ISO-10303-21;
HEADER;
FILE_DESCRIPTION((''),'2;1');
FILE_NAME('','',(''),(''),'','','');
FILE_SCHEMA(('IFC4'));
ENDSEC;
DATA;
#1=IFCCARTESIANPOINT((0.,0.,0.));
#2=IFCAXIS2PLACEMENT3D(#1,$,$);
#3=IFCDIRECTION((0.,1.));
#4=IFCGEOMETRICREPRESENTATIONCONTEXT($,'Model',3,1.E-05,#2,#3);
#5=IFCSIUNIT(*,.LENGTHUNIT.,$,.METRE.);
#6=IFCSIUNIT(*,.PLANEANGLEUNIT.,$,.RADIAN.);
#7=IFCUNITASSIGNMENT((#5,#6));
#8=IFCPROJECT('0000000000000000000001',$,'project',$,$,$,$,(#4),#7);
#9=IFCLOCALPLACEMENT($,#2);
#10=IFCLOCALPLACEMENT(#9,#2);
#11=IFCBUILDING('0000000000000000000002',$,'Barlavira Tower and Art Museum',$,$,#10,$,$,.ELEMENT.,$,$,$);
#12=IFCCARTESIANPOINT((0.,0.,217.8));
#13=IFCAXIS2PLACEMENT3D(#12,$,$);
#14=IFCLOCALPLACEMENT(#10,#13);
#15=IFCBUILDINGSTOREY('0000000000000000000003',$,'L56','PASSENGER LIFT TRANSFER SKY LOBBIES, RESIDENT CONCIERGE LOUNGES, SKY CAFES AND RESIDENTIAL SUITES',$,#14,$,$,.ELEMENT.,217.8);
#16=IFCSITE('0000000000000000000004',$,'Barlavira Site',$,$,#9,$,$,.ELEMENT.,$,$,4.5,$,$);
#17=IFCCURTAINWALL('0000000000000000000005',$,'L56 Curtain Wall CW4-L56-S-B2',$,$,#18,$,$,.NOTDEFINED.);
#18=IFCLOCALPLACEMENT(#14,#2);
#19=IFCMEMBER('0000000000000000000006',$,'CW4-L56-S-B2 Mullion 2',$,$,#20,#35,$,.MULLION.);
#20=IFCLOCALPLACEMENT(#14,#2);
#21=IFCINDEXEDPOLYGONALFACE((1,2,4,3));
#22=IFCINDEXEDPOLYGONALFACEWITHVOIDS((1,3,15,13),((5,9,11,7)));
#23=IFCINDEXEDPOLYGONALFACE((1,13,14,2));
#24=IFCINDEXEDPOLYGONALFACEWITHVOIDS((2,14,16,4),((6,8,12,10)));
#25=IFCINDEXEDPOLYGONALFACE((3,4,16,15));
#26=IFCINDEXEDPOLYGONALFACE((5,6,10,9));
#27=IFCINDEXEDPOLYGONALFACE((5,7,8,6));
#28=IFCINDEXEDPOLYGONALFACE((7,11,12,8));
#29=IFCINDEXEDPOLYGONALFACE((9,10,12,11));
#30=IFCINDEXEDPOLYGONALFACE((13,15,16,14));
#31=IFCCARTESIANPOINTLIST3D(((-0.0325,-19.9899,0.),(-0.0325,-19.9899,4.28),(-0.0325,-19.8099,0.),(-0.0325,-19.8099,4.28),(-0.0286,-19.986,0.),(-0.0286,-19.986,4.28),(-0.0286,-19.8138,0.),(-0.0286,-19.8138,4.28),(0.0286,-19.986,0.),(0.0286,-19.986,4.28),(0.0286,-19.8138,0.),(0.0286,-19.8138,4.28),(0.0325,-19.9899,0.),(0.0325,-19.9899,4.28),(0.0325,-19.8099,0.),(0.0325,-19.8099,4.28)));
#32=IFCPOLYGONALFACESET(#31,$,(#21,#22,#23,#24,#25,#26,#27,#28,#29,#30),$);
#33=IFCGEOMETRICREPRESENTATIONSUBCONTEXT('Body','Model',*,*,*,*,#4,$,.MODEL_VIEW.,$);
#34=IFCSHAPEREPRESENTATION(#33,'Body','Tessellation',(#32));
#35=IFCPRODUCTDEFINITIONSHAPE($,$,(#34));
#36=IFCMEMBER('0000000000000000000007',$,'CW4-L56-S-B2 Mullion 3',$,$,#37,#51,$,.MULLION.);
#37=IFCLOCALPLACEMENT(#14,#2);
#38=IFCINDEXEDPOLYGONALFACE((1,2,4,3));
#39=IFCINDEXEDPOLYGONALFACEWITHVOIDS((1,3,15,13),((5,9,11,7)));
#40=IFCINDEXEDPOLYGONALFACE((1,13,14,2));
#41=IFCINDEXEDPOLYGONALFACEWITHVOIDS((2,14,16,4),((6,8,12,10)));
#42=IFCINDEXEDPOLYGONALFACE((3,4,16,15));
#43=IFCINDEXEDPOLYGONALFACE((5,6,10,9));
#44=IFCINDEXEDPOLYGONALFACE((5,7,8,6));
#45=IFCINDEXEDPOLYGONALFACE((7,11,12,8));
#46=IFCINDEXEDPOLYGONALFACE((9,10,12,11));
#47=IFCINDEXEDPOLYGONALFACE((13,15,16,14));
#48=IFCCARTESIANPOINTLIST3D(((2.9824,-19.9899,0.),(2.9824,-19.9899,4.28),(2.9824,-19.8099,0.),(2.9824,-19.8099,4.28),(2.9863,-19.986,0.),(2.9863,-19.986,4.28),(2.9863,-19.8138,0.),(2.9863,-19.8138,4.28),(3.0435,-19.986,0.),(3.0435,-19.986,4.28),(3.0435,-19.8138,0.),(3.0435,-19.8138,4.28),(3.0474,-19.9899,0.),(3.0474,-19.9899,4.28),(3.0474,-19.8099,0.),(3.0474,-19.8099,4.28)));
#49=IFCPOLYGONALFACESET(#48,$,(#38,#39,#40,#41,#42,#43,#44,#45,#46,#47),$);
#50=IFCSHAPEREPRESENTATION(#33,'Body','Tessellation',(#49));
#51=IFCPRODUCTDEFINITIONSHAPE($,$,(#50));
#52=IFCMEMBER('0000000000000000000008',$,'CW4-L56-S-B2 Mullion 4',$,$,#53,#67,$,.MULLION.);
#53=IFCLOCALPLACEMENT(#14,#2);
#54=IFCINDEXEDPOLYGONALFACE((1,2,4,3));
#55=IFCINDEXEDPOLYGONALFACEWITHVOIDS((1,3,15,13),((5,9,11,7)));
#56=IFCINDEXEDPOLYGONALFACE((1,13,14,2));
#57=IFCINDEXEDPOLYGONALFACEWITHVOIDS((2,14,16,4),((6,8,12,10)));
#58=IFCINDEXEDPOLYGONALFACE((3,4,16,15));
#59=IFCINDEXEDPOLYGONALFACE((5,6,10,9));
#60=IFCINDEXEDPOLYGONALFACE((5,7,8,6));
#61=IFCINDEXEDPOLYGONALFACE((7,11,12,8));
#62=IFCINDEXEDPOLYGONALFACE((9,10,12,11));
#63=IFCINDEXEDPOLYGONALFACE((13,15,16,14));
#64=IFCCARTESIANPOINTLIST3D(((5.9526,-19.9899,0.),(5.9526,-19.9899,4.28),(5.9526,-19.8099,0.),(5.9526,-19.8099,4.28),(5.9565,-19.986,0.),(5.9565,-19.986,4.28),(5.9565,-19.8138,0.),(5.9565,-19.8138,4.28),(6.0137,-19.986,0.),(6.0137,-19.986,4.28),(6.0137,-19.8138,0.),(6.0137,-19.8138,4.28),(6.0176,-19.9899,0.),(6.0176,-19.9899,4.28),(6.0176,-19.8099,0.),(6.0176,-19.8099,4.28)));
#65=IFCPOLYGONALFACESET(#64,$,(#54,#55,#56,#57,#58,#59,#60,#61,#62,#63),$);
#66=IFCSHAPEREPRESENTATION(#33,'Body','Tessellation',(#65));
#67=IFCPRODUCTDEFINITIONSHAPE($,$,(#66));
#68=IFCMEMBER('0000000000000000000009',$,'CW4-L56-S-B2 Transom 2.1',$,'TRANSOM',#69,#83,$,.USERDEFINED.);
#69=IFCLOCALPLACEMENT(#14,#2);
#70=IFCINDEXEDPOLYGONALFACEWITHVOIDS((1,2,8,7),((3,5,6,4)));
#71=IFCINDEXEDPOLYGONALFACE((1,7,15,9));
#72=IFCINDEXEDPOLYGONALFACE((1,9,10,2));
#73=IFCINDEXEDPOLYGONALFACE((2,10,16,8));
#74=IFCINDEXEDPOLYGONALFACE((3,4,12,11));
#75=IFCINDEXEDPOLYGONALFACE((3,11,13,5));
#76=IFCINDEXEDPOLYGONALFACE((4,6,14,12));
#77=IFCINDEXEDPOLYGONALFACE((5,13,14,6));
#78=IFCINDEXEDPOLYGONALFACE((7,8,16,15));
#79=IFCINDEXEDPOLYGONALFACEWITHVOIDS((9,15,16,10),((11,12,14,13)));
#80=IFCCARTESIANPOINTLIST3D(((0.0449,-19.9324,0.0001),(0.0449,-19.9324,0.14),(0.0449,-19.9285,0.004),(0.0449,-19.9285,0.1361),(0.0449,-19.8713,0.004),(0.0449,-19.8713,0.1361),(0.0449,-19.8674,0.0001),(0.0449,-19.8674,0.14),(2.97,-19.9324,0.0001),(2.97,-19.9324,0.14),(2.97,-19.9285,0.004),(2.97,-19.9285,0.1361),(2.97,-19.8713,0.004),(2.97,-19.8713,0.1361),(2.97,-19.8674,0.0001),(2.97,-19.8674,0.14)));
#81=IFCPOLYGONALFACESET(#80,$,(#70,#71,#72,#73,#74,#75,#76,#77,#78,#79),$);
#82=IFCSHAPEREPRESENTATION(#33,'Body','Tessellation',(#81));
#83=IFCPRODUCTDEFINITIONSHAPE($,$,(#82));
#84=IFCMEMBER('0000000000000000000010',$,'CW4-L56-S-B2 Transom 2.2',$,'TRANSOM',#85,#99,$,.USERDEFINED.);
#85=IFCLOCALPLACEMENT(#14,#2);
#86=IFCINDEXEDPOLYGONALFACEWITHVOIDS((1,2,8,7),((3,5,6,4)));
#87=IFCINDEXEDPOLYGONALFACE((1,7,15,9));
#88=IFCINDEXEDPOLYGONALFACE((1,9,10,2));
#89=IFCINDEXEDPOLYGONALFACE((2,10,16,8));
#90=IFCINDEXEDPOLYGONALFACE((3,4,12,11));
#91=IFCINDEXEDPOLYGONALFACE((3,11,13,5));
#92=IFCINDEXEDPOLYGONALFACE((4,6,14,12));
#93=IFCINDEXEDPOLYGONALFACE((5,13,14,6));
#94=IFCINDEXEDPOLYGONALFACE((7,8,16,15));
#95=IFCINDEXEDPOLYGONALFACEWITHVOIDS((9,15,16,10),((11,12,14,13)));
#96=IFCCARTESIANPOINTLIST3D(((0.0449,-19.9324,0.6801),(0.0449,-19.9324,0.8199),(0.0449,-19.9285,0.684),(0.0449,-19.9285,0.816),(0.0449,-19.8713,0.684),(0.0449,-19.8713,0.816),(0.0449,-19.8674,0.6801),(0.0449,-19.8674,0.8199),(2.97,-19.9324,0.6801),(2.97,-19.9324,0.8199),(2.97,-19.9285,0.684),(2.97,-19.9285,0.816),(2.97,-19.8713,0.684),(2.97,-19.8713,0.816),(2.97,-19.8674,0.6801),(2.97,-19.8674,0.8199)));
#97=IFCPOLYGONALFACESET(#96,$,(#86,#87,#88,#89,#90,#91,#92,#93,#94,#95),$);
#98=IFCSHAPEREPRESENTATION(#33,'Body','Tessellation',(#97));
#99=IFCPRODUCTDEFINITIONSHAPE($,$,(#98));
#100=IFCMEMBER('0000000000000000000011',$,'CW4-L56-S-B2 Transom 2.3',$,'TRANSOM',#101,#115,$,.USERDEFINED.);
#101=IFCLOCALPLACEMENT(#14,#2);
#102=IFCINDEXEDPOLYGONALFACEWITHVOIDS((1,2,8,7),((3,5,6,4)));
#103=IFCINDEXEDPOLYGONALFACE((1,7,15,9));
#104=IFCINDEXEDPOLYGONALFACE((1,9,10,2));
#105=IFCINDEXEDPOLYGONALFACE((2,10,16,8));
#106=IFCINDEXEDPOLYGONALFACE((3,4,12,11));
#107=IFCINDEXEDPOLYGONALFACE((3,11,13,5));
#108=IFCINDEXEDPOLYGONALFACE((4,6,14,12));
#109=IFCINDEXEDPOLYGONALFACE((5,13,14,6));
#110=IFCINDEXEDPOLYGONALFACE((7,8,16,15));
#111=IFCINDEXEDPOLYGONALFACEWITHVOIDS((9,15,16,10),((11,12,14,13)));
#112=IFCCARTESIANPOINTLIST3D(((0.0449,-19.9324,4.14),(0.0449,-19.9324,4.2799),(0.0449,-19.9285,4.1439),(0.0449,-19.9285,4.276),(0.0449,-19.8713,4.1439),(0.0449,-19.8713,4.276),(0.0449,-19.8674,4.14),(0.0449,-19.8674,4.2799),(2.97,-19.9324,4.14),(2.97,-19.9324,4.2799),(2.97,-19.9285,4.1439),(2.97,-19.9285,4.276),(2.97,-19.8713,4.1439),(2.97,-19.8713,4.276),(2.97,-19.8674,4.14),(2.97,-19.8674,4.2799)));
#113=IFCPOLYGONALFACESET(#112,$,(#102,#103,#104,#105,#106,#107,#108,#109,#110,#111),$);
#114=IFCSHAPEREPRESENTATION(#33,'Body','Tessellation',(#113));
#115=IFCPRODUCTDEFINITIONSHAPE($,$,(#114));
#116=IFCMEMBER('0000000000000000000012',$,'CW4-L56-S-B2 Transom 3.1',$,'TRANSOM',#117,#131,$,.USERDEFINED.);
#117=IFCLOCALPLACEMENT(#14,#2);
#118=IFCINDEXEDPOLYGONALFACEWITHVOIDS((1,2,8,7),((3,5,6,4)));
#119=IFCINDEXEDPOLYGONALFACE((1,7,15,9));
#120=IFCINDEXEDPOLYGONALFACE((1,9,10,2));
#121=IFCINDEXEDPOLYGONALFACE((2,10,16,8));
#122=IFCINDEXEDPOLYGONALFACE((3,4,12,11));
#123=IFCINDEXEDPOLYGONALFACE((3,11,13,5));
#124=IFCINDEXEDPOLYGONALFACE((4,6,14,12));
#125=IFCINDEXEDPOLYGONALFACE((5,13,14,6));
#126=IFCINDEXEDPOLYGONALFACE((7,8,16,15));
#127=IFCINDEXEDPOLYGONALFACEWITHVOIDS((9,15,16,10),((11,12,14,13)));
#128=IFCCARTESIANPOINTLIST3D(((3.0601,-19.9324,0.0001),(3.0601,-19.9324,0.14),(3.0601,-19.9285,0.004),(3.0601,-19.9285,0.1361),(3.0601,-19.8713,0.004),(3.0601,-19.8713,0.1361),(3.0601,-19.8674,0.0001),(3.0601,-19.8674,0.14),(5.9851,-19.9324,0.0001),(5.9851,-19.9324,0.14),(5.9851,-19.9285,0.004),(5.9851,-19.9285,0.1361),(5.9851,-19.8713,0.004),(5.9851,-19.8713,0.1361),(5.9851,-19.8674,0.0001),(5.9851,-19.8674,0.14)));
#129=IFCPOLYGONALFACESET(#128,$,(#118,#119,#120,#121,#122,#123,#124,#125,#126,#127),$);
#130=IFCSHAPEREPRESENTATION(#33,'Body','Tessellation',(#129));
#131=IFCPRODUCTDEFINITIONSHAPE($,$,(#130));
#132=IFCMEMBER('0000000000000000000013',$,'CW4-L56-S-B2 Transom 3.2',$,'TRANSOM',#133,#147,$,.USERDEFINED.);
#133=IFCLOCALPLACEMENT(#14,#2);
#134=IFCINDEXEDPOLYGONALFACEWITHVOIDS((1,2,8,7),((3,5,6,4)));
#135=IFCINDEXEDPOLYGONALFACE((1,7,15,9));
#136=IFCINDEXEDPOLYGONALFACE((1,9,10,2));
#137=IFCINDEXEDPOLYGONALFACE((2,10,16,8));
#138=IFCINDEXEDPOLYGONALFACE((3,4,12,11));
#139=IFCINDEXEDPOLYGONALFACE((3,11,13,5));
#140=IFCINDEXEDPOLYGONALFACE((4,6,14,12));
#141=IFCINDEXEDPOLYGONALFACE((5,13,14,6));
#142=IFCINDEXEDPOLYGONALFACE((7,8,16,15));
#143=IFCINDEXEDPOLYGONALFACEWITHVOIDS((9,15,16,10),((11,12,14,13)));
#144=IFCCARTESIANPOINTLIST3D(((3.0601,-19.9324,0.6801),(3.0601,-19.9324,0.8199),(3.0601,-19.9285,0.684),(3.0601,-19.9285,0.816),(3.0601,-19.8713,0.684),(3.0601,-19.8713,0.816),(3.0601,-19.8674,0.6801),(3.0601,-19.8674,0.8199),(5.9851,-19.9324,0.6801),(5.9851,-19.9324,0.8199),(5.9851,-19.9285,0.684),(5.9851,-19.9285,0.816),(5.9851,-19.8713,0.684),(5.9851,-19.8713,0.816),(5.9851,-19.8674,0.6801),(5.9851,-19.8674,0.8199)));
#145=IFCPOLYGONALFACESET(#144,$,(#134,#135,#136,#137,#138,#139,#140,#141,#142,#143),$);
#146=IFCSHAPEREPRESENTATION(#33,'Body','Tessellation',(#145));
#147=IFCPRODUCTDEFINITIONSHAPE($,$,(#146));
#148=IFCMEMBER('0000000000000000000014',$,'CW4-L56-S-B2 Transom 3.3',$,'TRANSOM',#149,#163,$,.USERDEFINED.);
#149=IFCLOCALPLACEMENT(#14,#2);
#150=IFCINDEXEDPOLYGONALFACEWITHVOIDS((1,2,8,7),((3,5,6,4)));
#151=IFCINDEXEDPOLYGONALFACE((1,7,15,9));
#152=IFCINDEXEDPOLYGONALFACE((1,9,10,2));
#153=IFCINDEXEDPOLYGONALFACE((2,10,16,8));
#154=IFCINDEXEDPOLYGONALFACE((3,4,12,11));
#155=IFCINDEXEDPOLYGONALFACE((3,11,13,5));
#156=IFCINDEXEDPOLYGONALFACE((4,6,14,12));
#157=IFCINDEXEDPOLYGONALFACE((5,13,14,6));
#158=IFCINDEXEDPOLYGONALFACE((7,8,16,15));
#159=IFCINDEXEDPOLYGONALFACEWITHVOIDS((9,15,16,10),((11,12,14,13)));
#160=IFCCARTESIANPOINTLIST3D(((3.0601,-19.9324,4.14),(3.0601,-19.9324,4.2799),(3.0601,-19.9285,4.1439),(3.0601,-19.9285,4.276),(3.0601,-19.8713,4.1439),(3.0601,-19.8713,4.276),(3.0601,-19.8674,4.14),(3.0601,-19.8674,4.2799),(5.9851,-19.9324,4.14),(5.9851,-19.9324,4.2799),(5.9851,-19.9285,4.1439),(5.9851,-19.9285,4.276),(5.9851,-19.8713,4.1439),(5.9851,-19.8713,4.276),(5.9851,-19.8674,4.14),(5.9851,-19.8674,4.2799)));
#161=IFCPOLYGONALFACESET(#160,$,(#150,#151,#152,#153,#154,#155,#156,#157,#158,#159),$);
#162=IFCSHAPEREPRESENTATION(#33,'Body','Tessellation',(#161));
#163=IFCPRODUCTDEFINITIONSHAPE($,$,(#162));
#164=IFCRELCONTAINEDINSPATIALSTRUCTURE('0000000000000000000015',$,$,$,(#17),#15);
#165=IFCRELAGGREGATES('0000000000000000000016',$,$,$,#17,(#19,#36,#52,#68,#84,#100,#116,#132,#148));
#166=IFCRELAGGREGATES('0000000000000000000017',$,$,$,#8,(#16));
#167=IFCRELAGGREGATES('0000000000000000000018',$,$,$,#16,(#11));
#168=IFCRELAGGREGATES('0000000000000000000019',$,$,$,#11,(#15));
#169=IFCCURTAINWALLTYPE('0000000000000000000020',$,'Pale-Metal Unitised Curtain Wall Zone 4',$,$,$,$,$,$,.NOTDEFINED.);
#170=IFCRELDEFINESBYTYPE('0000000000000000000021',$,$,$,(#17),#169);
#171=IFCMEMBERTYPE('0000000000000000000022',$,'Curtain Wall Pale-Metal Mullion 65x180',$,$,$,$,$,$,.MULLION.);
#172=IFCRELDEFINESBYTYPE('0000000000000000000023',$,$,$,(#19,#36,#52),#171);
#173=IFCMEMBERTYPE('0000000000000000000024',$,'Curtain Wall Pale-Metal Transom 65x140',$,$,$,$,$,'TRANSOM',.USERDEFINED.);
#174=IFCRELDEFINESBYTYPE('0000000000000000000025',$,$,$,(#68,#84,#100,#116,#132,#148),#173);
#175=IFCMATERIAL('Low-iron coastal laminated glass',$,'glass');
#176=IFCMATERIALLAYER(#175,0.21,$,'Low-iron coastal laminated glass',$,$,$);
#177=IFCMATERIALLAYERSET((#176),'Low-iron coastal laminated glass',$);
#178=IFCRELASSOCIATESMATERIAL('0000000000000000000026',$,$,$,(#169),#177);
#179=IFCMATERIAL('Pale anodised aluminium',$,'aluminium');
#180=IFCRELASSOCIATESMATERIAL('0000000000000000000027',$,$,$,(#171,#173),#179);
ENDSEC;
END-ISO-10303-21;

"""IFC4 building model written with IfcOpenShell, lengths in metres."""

from ifc_helpers import new_model, si_unit, direction, frame, origin, origin_2d, place, context, subcontext, project, spatial, hollow_rectangle, extrude, material, layer, layer_set, material_profile, profile_set, type_object, element, aggregate, save


model = new_model("IFC4")

# Units and contexts
model_context = context("Model", 3, precision=1e-05, world=origin(), true_north=direction((0.0, 1.0)))
body_context = subcontext(model_context, "Body", "Model", "MODEL_VIEW")
ifc_project = project(units=[si_unit("LENGTHUNIT", "METRE"), si_unit("PLANEANGLEUNIT", "RADIAN")], contexts=[model_context])

# Site, building, storey
site_placement = place(None, origin())
site = spatial("IfcSite", under=ifc_project, at=site_placement, Name="Barlavira Site", CompositionType="ELEMENT", RefElevation=4.5)
building_placement = place(site_placement, origin())
building = spatial("IfcBuilding", under=site, at=building_placement, Name="Barlavira Tower and Art Museum", CompositionType="ELEMENT")
storey_placement = place(building_placement, frame((0.0, 0.0, 217.8)))
storey = spatial("IfcBuildingStorey", under=building, at=storey_placement, Name="L56", Description="PASSENGER LIFT TRANSFER SKY LOBBIES, RESIDENT CONCIERGE LOUNGES, SKY CAFES AND RESIDENTIAL SUITES", CompositionType="ELEMENT", Elevation=217.8)

# Curtain wall, members
ifc_material_1 = material(Name="Low-iron coastal laminated glass", Category="glass")
ifc_layer_1 = layer(ifc_material_1, 0.21, Name="Low-iron coastal laminated glass")
ifc_layer_set_1 = layer_set([ifc_layer_1], Name="Low-iron coastal laminated glass")
curtain_wall_type = type_object("IfcCurtainWallType", Name="Pale-Metal Unitised Curtain Wall Zone 4", PredefinedType="NOTDEFINED", material=ifc_layer_set_1)
curtain_wall_placement = place(storey_placement, origin())
curtain_wall = element("IfcCurtainWall", 1, at=curtain_wall_placement, inside=storey, type_object=curtain_wall_type, Name="L56 Curtain Wall CW4-L56-S-B2", PredefinedType="NOTDEFINED")
ifc_material_2 = material(Name="Pale anodised aluminium", Category="aluminium")
ifc_material_profile_1 = material_profile(ifc_material_2, hollow_rectangle(XDim=0.0649, YDim=0.1799, WallThickness=0.0039, at=origin_2d()), Name="ALU-MULL 65x180x4")
ifc_profile_set_1 = profile_set([ifc_material_profile_1], Name="Pale anodised aluminium")
member_type_1 = type_object("IfcMemberType", Name="Curtain Wall Pale-Metal Mullion 65x180", PredefinedType="MULLION", material=ifc_profile_set_1)
member_1_placement = place(storey_placement, frame((0.0, -19.8999, 0.0), z_axis=(0.0, 0.0, 1.0), x_axis=(1.0, 0.0, 0.0)))
member_1 = element("IfcMember", 2, at=member_1_placement, type_object=member_type_1, Name="CW4-L56-S-B2 Mullion 2", PredefinedType="MULLION", context=body_context, shape_type="SweptSolid", body=[
    extrude(hollow_rectangle(XDim=0.0649, YDim=0.1799, WallThickness=0.0039, at=origin_2d()), origin(), (0.0, 0.0, 1.0), 4.28),
])
member_2_placement = place(storey_placement, frame((3.0149, -19.8999, 0.0), z_axis=(0.0, 0.0, 1.0), x_axis=(1.0, 0.0, 0.0)))
member_2 = element("IfcMember", 3, at=member_2_placement, type_object=member_type_1, Name="CW4-L56-S-B2 Mullion 3", PredefinedType="MULLION", context=body_context, shape_type="SweptSolid", body=[
    extrude(hollow_rectangle(XDim=0.0649, YDim=0.1799, WallThickness=0.0039, at=origin_2d()), origin(), (0.0, 0.0, 1.0), 4.28),
])
member_3_placement = place(storey_placement, frame((5.9851, -19.8999, 0.0), z_axis=(0.0, 0.0, 1.0), x_axis=(1.0, 0.0, 0.0)))
member_3 = element("IfcMember", 4, at=member_3_placement, type_object=member_type_1, Name="CW4-L56-S-B2 Mullion 4", PredefinedType="MULLION", context=body_context, shape_type="SweptSolid", body=[
    extrude(hollow_rectangle(XDim=0.0649, YDim=0.1799, WallThickness=0.0039, at=origin_2d()), origin(), (0.0, 0.0, 1.0), 4.28),
])
ifc_material_profile_2 = material_profile(ifc_material_2, hollow_rectangle(XDim=0.0649, YDim=0.1399, WallThickness=0.0039, at=origin_2d()), Name="ALU-TRAN 65x140x4")
ifc_profile_set_2 = profile_set([ifc_material_profile_2], Name="Pale anodised aluminium")
member_type_2 = type_object("IfcMemberType", Name="Curtain Wall Pale-Metal Transom 65x140", ElementType="TRANSOM", PredefinedType="USERDEFINED", material=ifc_profile_set_2)
member_4_placement = place(storey_placement, frame((0.0449, -19.8999, 0.0701), z_axis=(1.0, 0.0, 0.0), x_axis=(0.0, 1.0, 0.0)))
member_4 = element("IfcMember", 5, at=member_4_placement, type_object=member_type_2, Name="CW4-L56-S-B2 Transom 2.1", ObjectType="TRANSOM", PredefinedType="USERDEFINED", context=body_context, shape_type="SweptSolid", body=[
    extrude(hollow_rectangle(XDim=0.0649, YDim=0.1399, WallThickness=0.0039, at=origin_2d()), origin(), (0.0, 0.0, 1.0), 2.925),
])
member_5_placement = place(storey_placement, frame((0.0449, -19.8999, 0.75), z_axis=(1.0, 0.0, 0.0), x_axis=(0.0, 1.0, 0.0)))
member_5 = element("IfcMember", 6, at=member_5_placement, type_object=member_type_2, Name="CW4-L56-S-B2 Transom 2.2", ObjectType="TRANSOM", PredefinedType="USERDEFINED", context=body_context, shape_type="SweptSolid", body=[
    extrude(hollow_rectangle(XDim=0.0649, YDim=0.1399, WallThickness=0.0039, at=origin_2d()), origin(), (0.0, 0.0, 1.0), 2.925),
])
member_6_placement = place(storey_placement, frame((0.0449, -19.8999, 4.21), z_axis=(1.0, 0.0, 0.0), x_axis=(0.0, 1.0, 0.0)))
member_6 = element("IfcMember", 7, at=member_6_placement, type_object=member_type_2, Name="CW4-L56-S-B2 Transom 2.3", ObjectType="TRANSOM", PredefinedType="USERDEFINED", context=body_context, shape_type="SweptSolid", body=[
    extrude(hollow_rectangle(XDim=0.0649, YDim=0.1399, WallThickness=0.0039, at=origin_2d()), origin(), (0.0, 0.0, 1.0), 2.925),
])
member_7_placement = place(storey_placement, frame((3.0601, -19.8999, 0.0701), z_axis=(1.0, 0.0, 0.0), x_axis=(0.0, 1.0, 0.0)))
member_7 = element("IfcMember", 8, at=member_7_placement, type_object=member_type_2, Name="CW4-L56-S-B2 Transom 3.1", ObjectType="TRANSOM", PredefinedType="USERDEFINED", context=body_context, shape_type="SweptSolid", body=[
    extrude(hollow_rectangle(XDim=0.0649, YDim=0.1399, WallThickness=0.0039, at=origin_2d()), origin(), (0.0, 0.0, 1.0), 2.925),
])
member_8_placement = place(storey_placement, frame((3.0601, -19.8999, 0.75), z_axis=(1.0, 0.0, 0.0), x_axis=(0.0, 1.0, 0.0)))
member_8 = element("IfcMember", 9, at=member_8_placement, type_object=member_type_2, Name="CW4-L56-S-B2 Transom 3.2", ObjectType="TRANSOM", PredefinedType="USERDEFINED", context=body_context, shape_type="SweptSolid", body=[
    extrude(hollow_rectangle(XDim=0.0649, YDim=0.1399, WallThickness=0.0039, at=origin_2d()), origin(), (0.0, 0.0, 1.0), 2.925),
])
member_9_placement = place(storey_placement, frame((3.0601, -19.8999, 4.21), z_axis=(1.0, 0.0, 0.0), x_axis=(0.0, 1.0, 0.0)))
member_9 = element("IfcMember", 10, at=member_9_placement, type_object=member_type_2, Name="CW4-L56-S-B2 Transom 3.3", ObjectType="TRANSOM", PredefinedType="USERDEFINED", context=body_context, shape_type="SweptSolid", body=[
    extrude(hollow_rectangle(XDim=0.0649, YDim=0.1399, WallThickness=0.0039, at=origin_2d()), origin(), (0.0, 0.0, 1.0), 2.925),
])

aggregate(curtain_wall, [member_1, member_2, member_3, member_4, member_5, member_6, member_7, member_8, member_9])

save(model, "model.ifc")
